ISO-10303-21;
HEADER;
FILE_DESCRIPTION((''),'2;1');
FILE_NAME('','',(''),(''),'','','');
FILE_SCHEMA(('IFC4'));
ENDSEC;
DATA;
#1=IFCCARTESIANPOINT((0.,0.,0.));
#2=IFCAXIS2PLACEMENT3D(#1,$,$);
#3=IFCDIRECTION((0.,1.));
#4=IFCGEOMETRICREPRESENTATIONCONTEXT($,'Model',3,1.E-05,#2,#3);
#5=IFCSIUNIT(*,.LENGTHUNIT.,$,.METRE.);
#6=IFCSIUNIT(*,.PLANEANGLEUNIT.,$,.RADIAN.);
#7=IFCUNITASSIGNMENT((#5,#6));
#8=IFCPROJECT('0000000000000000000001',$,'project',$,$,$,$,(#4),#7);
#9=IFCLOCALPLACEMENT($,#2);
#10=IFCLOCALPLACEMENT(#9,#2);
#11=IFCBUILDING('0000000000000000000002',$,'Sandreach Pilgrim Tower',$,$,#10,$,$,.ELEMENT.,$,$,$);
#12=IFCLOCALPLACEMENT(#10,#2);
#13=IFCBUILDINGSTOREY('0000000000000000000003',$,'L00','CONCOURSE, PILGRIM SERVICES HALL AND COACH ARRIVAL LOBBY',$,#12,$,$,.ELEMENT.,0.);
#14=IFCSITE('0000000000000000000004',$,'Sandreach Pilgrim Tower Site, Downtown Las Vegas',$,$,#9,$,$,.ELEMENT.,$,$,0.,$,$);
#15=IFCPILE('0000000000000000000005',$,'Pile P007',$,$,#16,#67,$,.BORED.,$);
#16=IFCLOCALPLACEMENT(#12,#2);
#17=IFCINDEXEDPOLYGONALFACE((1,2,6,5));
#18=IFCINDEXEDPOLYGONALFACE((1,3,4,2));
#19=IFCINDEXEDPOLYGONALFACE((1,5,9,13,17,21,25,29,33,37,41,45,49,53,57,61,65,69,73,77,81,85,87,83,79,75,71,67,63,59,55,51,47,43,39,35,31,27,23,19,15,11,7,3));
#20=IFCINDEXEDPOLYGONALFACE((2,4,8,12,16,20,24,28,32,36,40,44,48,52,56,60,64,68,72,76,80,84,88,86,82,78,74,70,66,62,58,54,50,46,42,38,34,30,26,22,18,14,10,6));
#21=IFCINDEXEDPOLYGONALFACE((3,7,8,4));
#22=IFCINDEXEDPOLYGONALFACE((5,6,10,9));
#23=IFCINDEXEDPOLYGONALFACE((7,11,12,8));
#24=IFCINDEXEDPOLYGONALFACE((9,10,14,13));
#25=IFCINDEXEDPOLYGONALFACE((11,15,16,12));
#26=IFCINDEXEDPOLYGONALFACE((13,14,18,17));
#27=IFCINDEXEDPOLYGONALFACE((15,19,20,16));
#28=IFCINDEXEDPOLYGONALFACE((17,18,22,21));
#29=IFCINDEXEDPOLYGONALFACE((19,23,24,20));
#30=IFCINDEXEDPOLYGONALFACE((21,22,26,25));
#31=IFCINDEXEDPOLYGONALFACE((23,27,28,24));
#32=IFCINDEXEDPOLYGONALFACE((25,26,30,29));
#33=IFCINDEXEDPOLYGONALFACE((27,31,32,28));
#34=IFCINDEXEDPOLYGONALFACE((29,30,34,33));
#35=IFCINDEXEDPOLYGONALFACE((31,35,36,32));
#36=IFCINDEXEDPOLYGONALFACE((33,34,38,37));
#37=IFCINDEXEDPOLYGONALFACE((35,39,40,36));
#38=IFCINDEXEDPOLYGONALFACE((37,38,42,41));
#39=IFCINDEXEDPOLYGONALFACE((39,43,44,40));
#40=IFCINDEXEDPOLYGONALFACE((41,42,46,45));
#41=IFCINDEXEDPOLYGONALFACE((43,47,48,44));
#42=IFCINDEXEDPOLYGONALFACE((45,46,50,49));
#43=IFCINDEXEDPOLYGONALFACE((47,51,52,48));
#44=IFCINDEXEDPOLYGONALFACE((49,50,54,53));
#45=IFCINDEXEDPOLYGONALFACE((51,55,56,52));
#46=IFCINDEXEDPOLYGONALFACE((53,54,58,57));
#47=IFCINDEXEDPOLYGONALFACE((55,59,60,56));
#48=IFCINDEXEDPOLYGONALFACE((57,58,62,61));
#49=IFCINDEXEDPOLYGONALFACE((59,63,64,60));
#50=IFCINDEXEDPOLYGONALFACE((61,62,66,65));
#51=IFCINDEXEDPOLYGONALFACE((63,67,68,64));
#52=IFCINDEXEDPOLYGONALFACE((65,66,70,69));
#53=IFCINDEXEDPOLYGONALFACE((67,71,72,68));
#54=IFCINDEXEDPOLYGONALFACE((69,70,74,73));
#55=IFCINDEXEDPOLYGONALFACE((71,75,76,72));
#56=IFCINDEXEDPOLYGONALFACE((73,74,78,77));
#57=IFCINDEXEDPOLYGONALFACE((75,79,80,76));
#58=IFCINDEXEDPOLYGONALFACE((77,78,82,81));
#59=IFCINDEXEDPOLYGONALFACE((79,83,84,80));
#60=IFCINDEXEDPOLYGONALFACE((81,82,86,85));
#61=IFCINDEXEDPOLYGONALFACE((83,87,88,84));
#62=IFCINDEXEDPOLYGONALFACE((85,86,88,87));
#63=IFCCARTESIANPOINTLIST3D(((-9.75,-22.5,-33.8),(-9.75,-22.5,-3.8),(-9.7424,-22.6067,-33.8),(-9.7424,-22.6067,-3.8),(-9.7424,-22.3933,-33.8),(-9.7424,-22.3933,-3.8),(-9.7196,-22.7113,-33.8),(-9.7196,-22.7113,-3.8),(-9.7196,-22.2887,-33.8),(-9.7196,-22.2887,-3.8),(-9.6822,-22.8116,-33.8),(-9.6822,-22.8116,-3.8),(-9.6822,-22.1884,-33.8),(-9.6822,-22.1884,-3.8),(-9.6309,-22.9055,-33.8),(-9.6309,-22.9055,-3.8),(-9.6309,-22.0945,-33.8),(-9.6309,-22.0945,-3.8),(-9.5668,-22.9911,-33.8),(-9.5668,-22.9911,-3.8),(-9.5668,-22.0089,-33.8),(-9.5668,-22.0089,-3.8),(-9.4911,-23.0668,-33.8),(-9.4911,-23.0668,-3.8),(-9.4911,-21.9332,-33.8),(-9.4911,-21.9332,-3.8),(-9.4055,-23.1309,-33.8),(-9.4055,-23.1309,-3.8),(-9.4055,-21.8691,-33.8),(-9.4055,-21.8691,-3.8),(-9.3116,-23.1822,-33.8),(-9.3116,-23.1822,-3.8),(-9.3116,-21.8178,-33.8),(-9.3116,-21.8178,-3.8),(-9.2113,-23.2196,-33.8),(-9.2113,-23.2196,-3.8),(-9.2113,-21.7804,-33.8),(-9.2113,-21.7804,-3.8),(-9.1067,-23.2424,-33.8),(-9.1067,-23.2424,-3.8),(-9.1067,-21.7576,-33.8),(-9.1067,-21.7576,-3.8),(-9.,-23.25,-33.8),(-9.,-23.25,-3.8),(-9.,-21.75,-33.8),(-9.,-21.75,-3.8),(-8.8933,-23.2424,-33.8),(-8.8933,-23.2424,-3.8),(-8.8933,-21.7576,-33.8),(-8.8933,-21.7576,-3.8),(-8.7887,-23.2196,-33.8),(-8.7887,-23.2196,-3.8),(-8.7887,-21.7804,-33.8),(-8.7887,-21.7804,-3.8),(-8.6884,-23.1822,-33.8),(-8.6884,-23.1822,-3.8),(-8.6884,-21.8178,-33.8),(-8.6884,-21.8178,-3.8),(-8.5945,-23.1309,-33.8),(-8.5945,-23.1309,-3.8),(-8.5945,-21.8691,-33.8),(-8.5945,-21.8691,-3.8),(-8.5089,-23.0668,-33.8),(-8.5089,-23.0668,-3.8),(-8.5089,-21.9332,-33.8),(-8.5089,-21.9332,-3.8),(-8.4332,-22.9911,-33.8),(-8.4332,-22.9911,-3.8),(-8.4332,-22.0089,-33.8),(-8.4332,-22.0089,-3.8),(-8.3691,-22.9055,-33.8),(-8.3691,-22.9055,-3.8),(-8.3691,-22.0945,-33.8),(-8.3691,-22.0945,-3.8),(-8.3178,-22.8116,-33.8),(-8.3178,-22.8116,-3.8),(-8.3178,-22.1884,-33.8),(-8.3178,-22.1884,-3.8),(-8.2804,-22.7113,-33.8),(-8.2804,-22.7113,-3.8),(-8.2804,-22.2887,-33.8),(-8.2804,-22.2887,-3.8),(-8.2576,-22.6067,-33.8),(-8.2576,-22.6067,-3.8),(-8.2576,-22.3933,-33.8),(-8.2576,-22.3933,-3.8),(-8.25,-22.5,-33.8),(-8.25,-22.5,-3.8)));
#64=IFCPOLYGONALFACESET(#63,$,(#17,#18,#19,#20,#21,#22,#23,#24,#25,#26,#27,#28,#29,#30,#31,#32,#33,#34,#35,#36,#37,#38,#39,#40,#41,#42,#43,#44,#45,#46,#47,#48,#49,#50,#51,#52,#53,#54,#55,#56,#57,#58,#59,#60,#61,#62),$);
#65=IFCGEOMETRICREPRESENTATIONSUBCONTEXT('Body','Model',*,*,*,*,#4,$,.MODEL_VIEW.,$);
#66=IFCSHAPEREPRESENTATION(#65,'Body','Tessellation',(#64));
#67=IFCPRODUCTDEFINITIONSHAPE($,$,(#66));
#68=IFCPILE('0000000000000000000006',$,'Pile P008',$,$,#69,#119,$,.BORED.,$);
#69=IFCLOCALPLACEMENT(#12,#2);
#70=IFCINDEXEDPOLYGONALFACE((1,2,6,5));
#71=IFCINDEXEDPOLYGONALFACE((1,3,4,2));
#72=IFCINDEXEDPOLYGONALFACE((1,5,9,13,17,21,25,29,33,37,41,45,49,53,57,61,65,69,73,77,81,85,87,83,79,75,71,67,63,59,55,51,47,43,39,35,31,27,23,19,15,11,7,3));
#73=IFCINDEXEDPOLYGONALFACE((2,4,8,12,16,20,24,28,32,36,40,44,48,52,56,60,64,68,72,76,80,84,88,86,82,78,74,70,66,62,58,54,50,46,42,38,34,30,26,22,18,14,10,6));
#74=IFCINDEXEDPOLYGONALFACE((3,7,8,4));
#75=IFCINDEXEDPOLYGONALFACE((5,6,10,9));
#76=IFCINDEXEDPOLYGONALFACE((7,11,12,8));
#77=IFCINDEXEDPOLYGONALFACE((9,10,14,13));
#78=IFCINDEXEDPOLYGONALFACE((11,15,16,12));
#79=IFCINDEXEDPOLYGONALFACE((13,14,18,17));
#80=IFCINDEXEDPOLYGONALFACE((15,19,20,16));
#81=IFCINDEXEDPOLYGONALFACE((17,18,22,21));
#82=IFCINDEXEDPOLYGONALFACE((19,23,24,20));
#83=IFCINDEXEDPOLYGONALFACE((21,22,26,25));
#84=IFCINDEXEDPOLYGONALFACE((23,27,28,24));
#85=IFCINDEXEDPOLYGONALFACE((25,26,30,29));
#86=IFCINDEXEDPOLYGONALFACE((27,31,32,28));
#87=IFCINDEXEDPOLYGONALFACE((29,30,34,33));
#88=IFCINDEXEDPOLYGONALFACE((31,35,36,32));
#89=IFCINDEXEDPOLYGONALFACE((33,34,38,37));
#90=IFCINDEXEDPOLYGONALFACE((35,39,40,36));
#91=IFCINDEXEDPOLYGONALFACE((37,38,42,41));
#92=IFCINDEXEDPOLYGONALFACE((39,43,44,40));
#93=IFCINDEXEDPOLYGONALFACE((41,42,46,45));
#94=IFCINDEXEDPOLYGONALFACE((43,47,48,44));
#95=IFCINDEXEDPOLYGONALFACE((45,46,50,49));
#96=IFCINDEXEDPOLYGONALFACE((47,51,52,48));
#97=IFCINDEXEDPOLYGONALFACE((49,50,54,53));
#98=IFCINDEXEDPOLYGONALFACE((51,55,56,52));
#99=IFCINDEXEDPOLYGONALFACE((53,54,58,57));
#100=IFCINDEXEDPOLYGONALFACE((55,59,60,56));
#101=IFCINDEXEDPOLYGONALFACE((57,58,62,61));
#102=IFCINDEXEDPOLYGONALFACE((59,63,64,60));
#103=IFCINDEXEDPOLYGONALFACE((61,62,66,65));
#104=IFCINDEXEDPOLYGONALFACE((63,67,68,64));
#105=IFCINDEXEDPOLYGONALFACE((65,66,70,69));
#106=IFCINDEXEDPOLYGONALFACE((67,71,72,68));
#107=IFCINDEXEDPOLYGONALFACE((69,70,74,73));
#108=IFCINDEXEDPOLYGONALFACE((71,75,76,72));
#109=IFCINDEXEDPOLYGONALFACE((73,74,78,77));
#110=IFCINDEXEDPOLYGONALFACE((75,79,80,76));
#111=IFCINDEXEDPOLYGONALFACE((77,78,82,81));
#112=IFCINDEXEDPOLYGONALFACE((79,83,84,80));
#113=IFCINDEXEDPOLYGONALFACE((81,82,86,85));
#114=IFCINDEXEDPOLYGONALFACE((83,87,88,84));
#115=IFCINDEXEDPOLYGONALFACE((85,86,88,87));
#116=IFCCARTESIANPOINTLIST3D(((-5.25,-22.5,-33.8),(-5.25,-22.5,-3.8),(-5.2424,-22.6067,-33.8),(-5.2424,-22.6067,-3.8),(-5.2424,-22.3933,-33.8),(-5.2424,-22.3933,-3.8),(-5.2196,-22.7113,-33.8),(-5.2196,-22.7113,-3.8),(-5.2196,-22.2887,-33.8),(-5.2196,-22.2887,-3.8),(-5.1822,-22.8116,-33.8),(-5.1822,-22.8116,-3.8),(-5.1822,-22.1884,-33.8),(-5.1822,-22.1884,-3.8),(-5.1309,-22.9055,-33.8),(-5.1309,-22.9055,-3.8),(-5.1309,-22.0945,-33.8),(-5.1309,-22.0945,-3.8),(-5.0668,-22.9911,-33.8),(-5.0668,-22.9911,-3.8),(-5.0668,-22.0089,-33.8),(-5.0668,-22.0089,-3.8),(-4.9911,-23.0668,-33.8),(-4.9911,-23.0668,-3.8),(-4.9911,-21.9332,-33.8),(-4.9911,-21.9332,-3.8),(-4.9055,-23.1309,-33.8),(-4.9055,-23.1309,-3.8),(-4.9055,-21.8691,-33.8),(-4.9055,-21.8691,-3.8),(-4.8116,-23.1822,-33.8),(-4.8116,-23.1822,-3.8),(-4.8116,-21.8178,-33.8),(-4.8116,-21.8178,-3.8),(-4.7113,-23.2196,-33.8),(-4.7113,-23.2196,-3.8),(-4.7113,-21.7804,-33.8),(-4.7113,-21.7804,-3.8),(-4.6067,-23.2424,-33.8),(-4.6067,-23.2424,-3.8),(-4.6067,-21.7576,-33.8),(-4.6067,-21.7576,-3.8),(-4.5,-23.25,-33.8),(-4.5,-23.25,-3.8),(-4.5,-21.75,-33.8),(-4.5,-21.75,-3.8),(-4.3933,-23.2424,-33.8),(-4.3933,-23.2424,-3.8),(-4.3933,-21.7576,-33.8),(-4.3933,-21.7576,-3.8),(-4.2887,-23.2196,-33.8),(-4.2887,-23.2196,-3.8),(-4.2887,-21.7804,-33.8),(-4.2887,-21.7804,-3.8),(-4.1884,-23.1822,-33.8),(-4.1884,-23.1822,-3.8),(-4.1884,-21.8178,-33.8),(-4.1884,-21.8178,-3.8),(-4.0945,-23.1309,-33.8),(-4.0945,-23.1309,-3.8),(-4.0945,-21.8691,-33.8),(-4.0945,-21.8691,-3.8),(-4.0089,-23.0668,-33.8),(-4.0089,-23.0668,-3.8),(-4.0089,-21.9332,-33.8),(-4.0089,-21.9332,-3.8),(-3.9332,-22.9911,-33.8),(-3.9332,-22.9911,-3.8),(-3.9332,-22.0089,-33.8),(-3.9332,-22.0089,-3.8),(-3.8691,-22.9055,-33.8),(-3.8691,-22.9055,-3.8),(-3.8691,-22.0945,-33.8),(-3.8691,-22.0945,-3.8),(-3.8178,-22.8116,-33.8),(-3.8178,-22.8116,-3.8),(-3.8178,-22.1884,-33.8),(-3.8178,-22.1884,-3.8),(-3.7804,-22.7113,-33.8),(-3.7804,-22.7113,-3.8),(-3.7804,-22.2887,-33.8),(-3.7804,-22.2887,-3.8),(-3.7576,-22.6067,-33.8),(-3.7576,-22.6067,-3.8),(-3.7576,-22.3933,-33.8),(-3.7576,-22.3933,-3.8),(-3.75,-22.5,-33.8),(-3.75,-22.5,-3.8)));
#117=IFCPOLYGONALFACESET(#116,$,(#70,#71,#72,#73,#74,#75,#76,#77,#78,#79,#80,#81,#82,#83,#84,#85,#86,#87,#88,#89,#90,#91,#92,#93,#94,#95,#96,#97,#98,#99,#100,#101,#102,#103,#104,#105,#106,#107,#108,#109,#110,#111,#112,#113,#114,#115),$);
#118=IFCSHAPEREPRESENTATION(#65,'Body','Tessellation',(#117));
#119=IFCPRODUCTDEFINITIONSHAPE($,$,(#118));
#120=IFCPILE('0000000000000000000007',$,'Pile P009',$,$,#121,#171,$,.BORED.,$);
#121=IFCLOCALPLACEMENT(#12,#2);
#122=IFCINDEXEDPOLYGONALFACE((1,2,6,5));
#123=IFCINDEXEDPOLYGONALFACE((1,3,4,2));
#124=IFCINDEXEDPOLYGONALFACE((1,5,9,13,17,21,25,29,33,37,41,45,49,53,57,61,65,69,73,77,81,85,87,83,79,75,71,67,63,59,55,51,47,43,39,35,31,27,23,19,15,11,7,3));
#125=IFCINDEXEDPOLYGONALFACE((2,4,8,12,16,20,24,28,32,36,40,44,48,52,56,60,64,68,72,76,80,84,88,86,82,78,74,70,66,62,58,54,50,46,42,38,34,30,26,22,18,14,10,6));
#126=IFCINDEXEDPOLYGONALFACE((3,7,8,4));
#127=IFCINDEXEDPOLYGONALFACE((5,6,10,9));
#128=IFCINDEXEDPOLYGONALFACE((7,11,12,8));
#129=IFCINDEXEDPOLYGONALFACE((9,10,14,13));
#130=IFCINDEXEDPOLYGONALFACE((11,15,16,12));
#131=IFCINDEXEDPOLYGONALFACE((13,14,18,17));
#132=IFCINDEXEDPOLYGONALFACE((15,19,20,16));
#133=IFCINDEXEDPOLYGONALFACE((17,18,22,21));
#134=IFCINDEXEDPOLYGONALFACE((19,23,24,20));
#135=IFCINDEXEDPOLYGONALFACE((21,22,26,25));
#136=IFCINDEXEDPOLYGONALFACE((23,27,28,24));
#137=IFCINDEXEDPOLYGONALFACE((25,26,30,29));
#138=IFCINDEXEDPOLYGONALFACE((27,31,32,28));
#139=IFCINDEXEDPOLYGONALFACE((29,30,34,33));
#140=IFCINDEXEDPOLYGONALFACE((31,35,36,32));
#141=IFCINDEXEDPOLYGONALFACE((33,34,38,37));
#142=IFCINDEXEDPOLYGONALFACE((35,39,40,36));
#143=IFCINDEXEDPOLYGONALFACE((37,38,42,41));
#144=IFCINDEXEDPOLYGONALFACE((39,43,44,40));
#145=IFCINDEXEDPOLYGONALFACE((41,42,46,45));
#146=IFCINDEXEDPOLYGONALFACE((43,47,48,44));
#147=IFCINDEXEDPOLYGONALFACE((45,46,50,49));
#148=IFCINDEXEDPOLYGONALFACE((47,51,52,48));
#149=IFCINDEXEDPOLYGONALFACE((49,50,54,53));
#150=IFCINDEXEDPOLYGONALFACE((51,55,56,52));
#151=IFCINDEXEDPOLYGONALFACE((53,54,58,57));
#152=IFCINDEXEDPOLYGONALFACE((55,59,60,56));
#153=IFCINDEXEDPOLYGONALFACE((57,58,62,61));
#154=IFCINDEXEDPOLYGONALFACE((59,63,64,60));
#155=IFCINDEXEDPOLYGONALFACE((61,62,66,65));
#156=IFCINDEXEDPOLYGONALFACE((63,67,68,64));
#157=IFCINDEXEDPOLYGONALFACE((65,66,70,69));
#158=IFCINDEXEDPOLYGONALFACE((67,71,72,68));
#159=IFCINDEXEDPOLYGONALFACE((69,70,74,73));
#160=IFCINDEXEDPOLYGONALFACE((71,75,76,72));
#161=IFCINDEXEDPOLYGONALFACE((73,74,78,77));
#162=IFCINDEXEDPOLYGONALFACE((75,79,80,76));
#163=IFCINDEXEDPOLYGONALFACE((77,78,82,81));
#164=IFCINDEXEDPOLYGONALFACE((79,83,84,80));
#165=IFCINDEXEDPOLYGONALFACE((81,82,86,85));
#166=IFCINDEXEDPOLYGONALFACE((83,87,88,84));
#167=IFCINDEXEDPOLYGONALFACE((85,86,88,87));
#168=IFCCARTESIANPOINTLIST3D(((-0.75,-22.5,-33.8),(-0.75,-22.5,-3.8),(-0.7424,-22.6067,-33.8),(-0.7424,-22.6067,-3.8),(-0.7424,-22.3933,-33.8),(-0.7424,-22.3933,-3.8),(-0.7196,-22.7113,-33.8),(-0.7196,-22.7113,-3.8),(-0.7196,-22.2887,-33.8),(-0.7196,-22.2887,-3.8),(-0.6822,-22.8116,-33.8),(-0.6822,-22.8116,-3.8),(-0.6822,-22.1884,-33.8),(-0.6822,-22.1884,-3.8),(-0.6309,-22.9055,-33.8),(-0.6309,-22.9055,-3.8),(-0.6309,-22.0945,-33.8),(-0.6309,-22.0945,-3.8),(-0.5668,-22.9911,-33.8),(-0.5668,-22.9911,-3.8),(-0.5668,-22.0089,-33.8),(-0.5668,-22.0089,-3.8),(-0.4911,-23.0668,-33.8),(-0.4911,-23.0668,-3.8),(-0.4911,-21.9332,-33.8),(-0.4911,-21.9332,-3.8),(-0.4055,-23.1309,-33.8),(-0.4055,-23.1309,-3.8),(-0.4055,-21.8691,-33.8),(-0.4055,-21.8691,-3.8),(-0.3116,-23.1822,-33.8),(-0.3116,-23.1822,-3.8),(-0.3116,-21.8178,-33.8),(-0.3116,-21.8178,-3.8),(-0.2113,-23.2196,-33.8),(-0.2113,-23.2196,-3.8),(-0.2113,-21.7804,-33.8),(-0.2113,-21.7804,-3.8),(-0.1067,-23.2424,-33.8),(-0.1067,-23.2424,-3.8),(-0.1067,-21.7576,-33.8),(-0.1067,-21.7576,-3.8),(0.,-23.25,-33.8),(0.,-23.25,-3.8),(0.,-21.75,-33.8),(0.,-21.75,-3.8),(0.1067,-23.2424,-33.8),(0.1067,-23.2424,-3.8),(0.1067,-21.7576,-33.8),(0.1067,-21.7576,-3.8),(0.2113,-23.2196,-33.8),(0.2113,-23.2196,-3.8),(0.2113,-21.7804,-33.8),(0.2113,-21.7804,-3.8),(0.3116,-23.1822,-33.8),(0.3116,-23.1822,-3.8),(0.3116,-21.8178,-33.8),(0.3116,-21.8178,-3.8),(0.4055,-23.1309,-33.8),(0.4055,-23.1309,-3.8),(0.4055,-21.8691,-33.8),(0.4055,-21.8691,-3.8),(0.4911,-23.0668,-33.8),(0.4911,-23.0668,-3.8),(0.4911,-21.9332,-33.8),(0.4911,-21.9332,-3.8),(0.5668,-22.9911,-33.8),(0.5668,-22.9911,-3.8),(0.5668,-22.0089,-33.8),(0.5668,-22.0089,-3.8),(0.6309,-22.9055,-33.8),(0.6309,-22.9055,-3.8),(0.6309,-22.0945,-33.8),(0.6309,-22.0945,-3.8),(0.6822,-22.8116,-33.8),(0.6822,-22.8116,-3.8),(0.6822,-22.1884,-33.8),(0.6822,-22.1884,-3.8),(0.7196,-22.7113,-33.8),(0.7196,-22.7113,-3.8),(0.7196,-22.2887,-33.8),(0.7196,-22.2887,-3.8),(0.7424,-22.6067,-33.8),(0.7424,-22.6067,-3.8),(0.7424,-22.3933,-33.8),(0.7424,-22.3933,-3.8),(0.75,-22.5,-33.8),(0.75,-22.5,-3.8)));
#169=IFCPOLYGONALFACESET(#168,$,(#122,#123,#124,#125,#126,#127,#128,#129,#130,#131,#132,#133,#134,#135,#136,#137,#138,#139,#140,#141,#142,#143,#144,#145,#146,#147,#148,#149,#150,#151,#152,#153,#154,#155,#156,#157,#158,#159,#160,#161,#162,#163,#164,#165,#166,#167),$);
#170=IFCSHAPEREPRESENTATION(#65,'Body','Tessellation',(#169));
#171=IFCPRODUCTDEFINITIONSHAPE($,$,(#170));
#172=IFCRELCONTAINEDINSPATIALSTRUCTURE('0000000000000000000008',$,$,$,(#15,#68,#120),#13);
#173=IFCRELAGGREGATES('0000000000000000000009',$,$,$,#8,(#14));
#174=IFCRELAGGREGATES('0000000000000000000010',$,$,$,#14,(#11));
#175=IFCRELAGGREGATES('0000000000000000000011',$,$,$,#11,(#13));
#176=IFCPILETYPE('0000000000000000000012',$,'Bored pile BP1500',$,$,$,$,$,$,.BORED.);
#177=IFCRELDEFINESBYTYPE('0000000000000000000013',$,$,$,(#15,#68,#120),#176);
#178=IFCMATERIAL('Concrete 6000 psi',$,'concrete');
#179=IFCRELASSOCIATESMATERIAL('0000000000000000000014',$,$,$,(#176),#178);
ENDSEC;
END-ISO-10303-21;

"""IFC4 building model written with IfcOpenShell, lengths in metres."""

from ifc_helpers import new_model, si_unit, direction, frame, origin, origin_2d, place, context, subcontext, project, spatial, circle, extrude, material, material_profile, profile_set, type_object, element, save


model = new_model("IFC4")

# Units and contexts
model_context = context("Model", 3, precision=1e-05, world=origin(), true_north=direction((0.0, 1.0)))
body_context = subcontext(model_context, "Body", "Model", "MODEL_VIEW")
ifc_project = project(units=[si_unit("LENGTHUNIT", "METRE"), si_unit("PLANEANGLEUNIT", "RADIAN")], contexts=[model_context])

# Site, building, storey
site_placement = place(None, origin())
site = spatial("IfcSite", under=ifc_project, at=site_placement, Name="Sandreach Pilgrim Tower Site, Downtown Las Vegas", CompositionType="ELEMENT", RefElevation=0.0)
building_placement = place(site_placement, origin())
building = spatial("IfcBuilding", under=site, at=building_placement, Name="Sandreach Pilgrim Tower", CompositionType="ELEMENT")
storey_placement = place(building_placement, origin())
storey = spatial("IfcBuildingStorey", under=building, at=storey_placement, Name="L00", Description="CONCOURSE, PILGRIM SERVICES HALL AND COACH ARRIVAL LOBBY", CompositionType="ELEMENT", Elevation=0.0)

# Piles
ifc_material_1 = material(Name="Concrete 6000 psi", Category="concrete")
ifc_material_profile_1 = material_profile(ifc_material_1, circle(Radius=0.75, at=origin_2d()), Name="BP1500")
ifc_profile_set_1 = profile_set([ifc_material_profile_1], Name="Concrete 6000 psi")
pile_type = type_object("IfcPileType", Name="Bored pile BP1500", PredefinedType="BORED", material=ifc_profile_set_1)
for number, where, z_axis, x_axis, name in (
    (1, (-9.0, -22.5, -3.8), (0.0, 0.0, -1.0), (1.0, 0.0, 0.0), "Pile P007"),
    (2, (-4.5, -22.5, -3.8), (0.0, 0.0, -1.0), (1.0, 0.0, 0.0), "Pile P008"),
    (3, (0.0, -22.5, -3.8), (0.0, 0.0, -1.0), (1.0, 0.0, 0.0), "Pile P009"),
):
    element("IfcPile", number, at=place(storey_placement, frame(where, z_axis=z_axis, x_axis=x_axis)), inside=storey, type_object=pile_type, Name=name, PredefinedType="BORED", context=body_context, shape_type="SweptSolid", body=[
        extrude(circle(Radius=0.75, at=origin_2d()), origin(), (0.0, 0.0, 1.0), 30.0),
    ])

save(model, "model.ifc")
